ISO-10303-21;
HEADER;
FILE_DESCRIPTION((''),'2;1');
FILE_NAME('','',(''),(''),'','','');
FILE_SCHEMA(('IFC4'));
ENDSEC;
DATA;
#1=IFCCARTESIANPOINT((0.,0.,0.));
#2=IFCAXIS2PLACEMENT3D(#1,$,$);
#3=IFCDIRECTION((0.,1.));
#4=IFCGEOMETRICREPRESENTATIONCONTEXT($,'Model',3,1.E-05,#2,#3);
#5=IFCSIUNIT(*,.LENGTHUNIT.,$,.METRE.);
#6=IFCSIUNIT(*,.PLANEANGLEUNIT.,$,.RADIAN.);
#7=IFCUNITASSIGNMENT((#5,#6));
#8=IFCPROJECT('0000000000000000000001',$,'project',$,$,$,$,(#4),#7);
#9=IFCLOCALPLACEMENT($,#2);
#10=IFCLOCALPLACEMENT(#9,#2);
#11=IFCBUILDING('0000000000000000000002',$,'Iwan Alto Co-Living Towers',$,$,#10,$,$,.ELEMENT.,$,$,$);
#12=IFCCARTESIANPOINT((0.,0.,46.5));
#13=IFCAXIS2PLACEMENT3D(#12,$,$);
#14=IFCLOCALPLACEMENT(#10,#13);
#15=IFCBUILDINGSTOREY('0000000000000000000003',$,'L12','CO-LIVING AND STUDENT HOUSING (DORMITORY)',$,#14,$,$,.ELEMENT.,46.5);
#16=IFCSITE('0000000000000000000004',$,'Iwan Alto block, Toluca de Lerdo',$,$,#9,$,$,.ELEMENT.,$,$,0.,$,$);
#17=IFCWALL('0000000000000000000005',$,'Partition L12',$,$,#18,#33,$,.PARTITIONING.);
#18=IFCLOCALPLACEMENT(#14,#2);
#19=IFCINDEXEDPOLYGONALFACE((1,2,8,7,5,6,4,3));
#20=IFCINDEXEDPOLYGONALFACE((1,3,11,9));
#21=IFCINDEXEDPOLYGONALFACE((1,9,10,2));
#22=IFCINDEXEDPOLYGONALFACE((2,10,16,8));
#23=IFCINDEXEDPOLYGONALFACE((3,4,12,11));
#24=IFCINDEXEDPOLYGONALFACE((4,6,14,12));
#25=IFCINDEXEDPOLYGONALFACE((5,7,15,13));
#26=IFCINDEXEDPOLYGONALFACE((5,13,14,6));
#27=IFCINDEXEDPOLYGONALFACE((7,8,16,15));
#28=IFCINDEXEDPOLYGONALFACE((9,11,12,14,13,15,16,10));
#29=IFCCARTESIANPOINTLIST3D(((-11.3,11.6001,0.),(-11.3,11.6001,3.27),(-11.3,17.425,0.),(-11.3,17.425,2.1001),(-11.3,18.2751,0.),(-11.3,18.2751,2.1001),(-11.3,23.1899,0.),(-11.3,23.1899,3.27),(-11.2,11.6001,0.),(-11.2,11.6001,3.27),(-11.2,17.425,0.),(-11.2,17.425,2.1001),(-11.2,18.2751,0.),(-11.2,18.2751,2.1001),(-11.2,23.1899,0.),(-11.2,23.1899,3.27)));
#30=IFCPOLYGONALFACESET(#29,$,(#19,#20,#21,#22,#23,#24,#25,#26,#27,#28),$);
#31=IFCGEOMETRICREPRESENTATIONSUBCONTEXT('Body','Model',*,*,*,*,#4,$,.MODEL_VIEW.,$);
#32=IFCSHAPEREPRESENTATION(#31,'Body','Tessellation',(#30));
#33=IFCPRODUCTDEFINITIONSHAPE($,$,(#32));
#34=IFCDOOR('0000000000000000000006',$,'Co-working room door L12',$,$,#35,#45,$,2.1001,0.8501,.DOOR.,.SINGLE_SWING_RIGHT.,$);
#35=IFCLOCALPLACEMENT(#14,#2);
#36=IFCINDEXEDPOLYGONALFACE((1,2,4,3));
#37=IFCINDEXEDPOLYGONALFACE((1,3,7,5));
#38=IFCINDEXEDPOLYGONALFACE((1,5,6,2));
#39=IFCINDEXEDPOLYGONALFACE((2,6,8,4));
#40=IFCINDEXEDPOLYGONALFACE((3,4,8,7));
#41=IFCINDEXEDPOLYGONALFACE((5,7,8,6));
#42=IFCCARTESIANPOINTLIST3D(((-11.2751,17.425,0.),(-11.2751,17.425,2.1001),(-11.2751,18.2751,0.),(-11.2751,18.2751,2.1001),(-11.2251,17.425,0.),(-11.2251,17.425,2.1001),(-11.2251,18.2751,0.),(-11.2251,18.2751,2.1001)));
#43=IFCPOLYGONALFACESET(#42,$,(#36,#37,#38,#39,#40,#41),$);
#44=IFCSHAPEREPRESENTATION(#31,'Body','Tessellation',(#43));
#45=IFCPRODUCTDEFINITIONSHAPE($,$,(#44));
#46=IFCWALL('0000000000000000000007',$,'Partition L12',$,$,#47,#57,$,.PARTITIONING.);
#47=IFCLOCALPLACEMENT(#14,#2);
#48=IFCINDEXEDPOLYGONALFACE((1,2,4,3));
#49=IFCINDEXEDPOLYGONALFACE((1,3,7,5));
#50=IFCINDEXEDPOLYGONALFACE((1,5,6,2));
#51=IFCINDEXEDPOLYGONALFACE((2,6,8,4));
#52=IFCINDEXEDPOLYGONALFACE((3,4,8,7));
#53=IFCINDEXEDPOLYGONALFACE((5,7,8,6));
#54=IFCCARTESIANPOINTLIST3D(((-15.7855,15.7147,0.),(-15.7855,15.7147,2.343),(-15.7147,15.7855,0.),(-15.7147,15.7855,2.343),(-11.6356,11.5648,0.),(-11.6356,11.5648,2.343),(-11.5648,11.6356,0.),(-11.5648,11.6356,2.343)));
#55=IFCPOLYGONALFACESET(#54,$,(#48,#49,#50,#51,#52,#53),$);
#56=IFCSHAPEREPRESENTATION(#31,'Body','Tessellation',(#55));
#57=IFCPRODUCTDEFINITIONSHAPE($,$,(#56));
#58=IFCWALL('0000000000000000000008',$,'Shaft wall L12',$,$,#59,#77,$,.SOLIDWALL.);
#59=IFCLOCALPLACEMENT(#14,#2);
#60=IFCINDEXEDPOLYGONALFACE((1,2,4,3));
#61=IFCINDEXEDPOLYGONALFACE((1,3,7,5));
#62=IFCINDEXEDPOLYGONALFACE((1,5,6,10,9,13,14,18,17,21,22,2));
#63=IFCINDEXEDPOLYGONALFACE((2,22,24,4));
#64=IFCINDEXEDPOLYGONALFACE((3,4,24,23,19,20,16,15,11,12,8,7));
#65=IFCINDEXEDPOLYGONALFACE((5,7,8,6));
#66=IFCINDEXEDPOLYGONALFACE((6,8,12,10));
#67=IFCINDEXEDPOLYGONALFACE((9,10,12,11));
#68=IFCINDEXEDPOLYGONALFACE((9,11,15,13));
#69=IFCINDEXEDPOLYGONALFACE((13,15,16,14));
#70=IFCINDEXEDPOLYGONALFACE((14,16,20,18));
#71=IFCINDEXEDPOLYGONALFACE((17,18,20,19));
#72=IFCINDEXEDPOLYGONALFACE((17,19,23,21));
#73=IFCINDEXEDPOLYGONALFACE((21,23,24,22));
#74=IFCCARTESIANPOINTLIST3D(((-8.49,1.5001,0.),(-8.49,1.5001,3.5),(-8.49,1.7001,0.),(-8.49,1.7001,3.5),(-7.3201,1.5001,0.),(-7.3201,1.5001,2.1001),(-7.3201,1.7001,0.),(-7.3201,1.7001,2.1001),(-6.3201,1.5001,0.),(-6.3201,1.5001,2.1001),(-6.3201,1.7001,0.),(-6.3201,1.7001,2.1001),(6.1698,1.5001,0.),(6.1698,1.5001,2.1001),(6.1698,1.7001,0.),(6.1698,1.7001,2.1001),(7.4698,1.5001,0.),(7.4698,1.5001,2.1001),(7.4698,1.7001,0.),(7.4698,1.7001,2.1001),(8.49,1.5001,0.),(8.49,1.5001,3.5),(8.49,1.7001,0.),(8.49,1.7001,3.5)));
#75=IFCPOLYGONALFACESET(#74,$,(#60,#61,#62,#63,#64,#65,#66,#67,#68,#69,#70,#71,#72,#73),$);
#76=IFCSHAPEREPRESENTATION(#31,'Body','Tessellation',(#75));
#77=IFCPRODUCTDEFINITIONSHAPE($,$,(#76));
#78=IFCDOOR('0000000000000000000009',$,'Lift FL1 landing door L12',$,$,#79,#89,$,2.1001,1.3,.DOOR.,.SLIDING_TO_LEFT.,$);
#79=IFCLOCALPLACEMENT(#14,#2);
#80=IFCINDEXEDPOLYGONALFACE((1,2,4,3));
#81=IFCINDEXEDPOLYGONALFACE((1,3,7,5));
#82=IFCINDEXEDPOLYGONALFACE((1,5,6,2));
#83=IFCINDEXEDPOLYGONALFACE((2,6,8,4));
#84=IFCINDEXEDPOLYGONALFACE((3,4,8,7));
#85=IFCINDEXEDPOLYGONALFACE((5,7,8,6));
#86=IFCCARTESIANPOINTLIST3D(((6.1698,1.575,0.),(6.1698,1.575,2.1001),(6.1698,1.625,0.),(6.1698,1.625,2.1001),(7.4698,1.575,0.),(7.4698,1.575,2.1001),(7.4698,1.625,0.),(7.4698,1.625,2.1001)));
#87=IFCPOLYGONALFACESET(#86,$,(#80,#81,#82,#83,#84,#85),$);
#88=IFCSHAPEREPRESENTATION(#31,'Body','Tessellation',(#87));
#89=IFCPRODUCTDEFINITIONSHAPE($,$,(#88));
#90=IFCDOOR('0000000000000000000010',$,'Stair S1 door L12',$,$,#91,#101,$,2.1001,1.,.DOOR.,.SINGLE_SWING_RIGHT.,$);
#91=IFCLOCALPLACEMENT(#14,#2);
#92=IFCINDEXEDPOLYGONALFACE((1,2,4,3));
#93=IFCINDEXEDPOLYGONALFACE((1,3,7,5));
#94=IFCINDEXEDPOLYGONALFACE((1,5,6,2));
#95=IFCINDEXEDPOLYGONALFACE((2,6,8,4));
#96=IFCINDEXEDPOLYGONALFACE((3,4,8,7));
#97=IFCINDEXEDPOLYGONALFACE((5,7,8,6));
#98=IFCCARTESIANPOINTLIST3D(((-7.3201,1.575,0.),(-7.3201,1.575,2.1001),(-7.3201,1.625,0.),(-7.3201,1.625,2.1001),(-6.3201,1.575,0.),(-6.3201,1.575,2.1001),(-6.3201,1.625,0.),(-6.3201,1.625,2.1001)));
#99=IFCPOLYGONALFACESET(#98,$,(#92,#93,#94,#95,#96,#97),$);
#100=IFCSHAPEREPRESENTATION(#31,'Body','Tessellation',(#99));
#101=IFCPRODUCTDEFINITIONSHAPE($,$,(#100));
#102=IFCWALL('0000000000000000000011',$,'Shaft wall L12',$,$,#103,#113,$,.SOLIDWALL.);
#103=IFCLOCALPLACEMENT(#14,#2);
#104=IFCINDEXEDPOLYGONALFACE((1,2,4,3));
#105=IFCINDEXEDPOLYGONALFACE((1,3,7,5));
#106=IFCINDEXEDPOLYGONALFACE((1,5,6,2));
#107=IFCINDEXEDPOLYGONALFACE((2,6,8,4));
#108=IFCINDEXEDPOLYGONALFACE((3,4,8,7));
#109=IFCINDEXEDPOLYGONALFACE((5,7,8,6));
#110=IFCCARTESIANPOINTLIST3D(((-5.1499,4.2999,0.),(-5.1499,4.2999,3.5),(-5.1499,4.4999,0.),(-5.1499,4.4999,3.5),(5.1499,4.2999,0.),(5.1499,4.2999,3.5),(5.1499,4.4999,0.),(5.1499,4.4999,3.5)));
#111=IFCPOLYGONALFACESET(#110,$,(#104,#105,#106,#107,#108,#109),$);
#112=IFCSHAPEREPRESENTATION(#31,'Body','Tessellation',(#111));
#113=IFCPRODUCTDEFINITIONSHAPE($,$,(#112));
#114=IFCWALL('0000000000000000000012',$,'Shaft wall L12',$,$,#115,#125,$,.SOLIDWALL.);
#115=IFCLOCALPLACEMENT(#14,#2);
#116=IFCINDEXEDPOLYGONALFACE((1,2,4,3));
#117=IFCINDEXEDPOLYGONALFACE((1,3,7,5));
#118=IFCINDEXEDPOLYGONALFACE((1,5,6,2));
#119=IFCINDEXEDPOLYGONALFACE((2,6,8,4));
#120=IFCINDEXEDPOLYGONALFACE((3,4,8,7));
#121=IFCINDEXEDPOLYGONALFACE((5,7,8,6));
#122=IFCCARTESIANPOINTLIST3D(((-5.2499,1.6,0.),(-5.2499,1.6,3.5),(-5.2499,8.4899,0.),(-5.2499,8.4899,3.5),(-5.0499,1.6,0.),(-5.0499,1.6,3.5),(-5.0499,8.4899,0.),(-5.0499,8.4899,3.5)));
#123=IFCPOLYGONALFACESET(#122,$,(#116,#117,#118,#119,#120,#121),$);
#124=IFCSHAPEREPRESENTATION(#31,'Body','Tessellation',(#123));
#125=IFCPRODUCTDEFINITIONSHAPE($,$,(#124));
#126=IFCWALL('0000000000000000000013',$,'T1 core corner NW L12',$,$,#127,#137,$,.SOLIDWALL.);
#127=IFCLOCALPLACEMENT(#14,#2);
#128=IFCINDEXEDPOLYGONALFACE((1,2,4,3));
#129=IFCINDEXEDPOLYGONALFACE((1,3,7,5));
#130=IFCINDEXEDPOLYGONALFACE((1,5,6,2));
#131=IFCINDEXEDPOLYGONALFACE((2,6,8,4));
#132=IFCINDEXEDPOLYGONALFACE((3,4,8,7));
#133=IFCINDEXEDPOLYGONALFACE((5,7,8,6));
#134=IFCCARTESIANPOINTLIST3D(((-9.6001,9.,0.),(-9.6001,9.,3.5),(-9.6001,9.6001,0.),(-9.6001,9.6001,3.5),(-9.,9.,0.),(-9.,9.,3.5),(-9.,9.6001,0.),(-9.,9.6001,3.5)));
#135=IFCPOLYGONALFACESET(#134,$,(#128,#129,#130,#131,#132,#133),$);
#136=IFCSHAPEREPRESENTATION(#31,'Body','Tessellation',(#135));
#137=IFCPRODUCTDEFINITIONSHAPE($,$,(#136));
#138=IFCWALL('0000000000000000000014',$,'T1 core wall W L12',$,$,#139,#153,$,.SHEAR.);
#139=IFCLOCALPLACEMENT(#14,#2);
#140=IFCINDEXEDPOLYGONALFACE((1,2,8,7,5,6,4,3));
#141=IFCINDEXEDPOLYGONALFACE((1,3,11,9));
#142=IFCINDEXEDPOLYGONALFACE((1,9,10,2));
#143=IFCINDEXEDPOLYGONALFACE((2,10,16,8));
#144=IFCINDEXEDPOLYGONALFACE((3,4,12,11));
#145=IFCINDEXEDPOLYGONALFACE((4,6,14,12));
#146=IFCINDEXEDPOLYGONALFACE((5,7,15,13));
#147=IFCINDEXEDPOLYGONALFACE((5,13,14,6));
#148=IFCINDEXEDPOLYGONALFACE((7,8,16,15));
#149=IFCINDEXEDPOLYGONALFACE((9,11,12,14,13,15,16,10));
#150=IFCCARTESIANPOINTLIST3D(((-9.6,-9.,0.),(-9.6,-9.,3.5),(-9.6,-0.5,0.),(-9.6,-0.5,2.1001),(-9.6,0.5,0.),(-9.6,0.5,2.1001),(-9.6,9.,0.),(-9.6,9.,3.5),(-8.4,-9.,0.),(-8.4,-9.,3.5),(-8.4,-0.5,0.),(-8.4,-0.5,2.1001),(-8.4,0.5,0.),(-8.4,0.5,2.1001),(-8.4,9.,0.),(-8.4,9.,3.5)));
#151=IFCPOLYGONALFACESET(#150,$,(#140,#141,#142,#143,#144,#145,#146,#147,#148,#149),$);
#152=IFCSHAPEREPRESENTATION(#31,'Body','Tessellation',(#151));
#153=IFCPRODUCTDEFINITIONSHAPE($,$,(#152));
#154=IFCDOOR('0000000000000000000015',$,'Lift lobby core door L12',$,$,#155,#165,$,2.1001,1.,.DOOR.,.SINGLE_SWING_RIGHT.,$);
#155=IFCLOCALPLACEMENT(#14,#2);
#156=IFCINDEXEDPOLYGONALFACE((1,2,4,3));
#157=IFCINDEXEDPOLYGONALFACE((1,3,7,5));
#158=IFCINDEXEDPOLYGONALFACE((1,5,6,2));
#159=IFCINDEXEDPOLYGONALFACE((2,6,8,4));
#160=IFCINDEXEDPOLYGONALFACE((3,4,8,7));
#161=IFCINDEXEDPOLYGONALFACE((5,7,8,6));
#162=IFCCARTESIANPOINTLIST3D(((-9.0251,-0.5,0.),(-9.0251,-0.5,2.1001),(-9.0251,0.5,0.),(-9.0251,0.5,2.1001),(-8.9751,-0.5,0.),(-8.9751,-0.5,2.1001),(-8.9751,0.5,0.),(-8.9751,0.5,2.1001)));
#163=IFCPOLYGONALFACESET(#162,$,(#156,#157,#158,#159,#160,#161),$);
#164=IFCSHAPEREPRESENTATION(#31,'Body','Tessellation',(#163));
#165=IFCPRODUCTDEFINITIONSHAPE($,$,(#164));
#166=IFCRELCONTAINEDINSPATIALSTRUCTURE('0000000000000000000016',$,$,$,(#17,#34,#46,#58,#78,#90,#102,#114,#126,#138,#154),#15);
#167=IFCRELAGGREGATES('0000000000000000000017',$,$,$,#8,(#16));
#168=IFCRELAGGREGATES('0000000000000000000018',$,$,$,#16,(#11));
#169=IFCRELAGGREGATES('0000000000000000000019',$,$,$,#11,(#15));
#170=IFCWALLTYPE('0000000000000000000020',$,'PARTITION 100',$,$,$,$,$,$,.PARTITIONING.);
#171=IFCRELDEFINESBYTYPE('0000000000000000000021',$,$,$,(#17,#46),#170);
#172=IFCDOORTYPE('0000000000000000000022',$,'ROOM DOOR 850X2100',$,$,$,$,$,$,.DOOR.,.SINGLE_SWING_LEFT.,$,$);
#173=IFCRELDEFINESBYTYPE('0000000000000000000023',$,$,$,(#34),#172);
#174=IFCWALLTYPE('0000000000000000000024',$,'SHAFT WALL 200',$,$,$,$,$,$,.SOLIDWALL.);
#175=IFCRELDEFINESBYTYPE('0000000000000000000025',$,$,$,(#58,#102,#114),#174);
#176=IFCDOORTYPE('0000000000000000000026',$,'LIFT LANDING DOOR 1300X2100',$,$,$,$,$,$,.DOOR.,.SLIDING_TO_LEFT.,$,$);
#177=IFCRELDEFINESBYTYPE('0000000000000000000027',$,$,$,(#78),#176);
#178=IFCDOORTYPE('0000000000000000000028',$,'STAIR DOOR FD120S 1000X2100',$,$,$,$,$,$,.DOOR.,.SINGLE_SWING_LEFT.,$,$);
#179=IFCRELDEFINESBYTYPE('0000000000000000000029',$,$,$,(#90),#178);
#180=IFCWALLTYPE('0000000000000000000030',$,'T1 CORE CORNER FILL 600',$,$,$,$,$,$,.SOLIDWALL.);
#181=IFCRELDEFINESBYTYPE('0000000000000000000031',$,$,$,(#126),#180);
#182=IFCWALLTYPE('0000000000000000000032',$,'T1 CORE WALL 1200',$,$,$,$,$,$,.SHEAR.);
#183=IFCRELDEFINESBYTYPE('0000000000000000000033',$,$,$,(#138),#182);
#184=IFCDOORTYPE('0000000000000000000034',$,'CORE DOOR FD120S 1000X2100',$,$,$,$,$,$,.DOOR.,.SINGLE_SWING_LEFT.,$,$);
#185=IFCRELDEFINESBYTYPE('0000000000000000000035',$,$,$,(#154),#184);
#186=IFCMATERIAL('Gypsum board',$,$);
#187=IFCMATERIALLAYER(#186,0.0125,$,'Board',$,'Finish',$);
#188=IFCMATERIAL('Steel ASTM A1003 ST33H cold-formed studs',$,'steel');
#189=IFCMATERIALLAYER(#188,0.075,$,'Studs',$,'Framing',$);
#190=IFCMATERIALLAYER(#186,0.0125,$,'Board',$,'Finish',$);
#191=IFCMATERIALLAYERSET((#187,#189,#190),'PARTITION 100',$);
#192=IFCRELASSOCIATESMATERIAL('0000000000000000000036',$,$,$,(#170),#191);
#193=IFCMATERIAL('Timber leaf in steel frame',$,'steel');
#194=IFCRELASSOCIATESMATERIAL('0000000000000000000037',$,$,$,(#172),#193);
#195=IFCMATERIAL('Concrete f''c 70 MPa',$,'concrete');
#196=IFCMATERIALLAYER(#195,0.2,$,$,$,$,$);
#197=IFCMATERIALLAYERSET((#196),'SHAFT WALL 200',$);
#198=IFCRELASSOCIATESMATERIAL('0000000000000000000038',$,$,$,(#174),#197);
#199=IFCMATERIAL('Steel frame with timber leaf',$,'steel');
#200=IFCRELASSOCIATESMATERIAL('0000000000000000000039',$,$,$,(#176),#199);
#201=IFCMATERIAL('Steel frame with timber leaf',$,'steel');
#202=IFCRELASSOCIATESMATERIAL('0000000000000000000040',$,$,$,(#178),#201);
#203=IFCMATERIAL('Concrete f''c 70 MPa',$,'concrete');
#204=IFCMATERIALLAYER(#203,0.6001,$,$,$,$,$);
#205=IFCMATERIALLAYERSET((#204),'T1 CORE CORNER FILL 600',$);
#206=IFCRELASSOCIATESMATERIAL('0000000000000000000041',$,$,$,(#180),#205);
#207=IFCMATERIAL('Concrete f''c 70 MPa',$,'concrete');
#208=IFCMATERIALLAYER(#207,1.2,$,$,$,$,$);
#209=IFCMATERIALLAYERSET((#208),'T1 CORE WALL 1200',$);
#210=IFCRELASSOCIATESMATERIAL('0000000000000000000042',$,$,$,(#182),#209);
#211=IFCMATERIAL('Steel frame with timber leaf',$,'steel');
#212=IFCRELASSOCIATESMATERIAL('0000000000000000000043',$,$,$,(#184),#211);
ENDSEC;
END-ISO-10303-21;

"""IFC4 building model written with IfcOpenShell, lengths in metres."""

from ifc_helpers import new_model, si_unit, direction, frame, frame_2d, origin, place, context, subcontext, project, spatial, rectangle, extrude, material, layer, layer_set, type_object, element, fill, save


model = new_model("IFC4")

# Units and contexts
model_context = context("Model", 3, precision=1e-05, world=origin(), true_north=direction((0.0, 1.0)))
body_context = subcontext(model_context, "Body", "Model", "MODEL_VIEW")
ifc_project = project(units=[si_unit("LENGTHUNIT", "METRE"), si_unit("PLANEANGLEUNIT", "RADIAN")], contexts=[model_context])

# Site, building, storey
site_placement = place(None, origin())
site = spatial("IfcSite", under=ifc_project, at=site_placement, Name="Iwan Alto block, Toluca de Lerdo", CompositionType="ELEMENT", RefElevation=0.0)
building_placement = place(site_placement, origin())
building = spatial("IfcBuilding", under=site, at=building_placement, Name="Iwan Alto Co-Living Towers", CompositionType="ELEMENT")
storey_placement = place(building_placement, frame((0.0, 0.0, 46.5)))
storey = spatial("IfcBuildingStorey", under=building, at=storey_placement, Name="L12", Description="CO-LIVING AND STUDENT HOUSING (DORMITORY)", CompositionType="ELEMENT", Elevation=46.5)

# Shared definitions
ifc_material_1 = material(Name="Gypsum board")
ifc_material_2 = material(Name="Steel ASTM A1003 ST33H cold-formed studs", Category="steel")

# Shared definitions
ifc_layer_1 = layer(ifc_material_1, 0.0125, Name="Board", Category="Finish")
ifc_layer_2 = layer(ifc_material_2, 0.075, Name="Studs", Category="Framing")
ifc_layer_3 = layer(ifc_material_1, 0.0125, Name="Board", Category="Finish")
ifc_layer_set_1 = layer_set([ifc_layer_1, ifc_layer_2, ifc_layer_3], Name="PARTITION 100")
wall_type_1 = type_object("IfcWallType", Name="PARTITION 100", PredefinedType="PARTITIONING", material=ifc_layer_set_1)

# Wall, opening, door
wall_1_placement = place(storey_placement, frame((-11.25, 11.6001, 0.0), z_axis=(0.0, 0.0, 1.0), x_axis=(0.0, 1.0, 0.0)))
wall_1 = element("IfcWall", 1, at=wall_1_placement, inside=storey, type_object=wall_type_1, Name="Partition L12", PredefinedType="PARTITIONING", context=body_context, shape_type="SweptSolid", body=[
    extrude(rectangle(XDim=11.5898, YDim=0.1001, at=frame_2d((5.7949, 0.0))), origin(), (0.0, 0.0, 1.0), 3.27),
])
opening_1_placement = place(wall_1_placement, frame((5.825, 0.0, 0.0)))
opening_1 = element("IfcOpeningElement", 2, at=opening_1_placement, cuts=wall_1, PredefinedType="OPENING", context=body_context, shape_type="SweptSolid", body=[
    extrude(rectangle(XDim=0.8501, YDim=2.1001, at=frame_2d((0.425, 1.05))), frame((0.0, 0.0601, 0.0), z_axis=(0.0, -1.0, 0.0), x_axis=(1.0, 0.0, 0.0)), (0.0, 0.0, 1.0), 0.1201),
])
ifc_material_3 = material(Name="Timber leaf in steel frame", Category="steel")
door_type_1 = type_object("IfcDoorType", Name="ROOM DOOR 850X2100", OperationType="SINGLE_SWING_LEFT", PredefinedType="DOOR", material=ifc_material_3)
door_1_placement = place(opening_1_placement, frame((0.8501, 0.0, 0.0), z_axis=(0.0, 0.0, 1.0), x_axis=(-1.0, 0.0, 0.0)))
door_1 = element("IfcDoor", 3, at=door_1_placement, inside=storey, type_object=door_type_1, Name="Co-working room door L12", OperationType="SINGLE_SWING_RIGHT", OverallHeight=2.1001, OverallWidth=0.8501, PredefinedType="DOOR", context=body_context, shape_type="SweptSolid", body=[
    extrude(rectangle(XDim=0.8501, YDim=2.1001, at=frame_2d((0.425, 1.05))), frame((0.0, 0.0249, 0.0), z_axis=(0.0, -1.0, 0.0), x_axis=(1.0, 0.0, 0.0)), (0.0, 0.0, 1.0), 0.05),
])
fill(opening_1, door_1)

# Wall
wall_2_placement = place(storey_placement, frame((-11.6001, 11.6001, 0.0), z_axis=(0.0, 0.0, 1.0), x_axis=(-0.707107, 0.707107, 0.0)))
element("IfcWall", 4, at=wall_2_placement, inside=storey, type_object=wall_type_1, Name="Partition L12", PredefinedType="PARTITIONING", context=body_context, shape_type="SweptSolid", body=[
    extrude(rectangle(XDim=5.8689, YDim=0.1001, at=frame_2d((2.9346, 0.0))), origin(), (0.0, 0.0, 1.0), 2.343),
])

# Wall, openings, doors
ifc_material_4 = material(Name="Concrete f'c 70 MPa", Category="concrete")
ifc_layer_4 = layer(ifc_material_4, 0.2)
ifc_layer_set_2 = layer_set([ifc_layer_4], Name="SHAFT WALL 200")
wall_type_2 = type_object("IfcWallType", Name="SHAFT WALL 200", PredefinedType="SOLIDWALL", material=ifc_layer_set_2)
wall_3_placement = place(storey_placement, frame((-8.49, 1.6001, 0.0), z_axis=(0.0, 0.0, 1.0), x_axis=(1.0, 0.0, 0.0)))
wall_3 = element("IfcWall", 5, at=wall_3_placement, inside=storey, type_object=wall_type_2, Name="Shaft wall L12", PredefinedType="SOLIDWALL", context=body_context, shape_type="SweptSolid", body=[
    extrude(rectangle(XDim=16.98, YDim=0.2, at=frame_2d((8.49, 0.0))), origin(), (0.0, 0.0, 1.0), 3.5),
])
opening_2_placement = place(wall_3_placement, frame((1.1699, 0.0, 0.0)))
opening_2 = element("IfcOpeningElement", 6, at=opening_2_placement, cuts=wall_3, PredefinedType="OPENING", context=body_context, shape_type="SweptSolid", body=[
    extrude(rectangle(XDim=1.0, YDim=2.1001, at=frame_2d((0.5, 1.05))), frame((0.0, 0.1099, 0.0), z_axis=(0.0, -1.0, 0.0), x_axis=(1.0, 0.0, 0.0)), (0.0, 0.0, 1.0), 0.22),
])
opening_3_placement = place(wall_3_placement, frame((14.6599, 0.0, 0.0)))
opening_3 = element("IfcOpeningElement", 7, at=opening_3_placement, cuts=wall_3, PredefinedType="OPENING", context=body_context, shape_type="SweptSolid", body=[
    extrude(rectangle(XDim=1.3, YDim=2.1001, at=frame_2d((0.6499, 1.05))), frame((0.0, 0.1099, 0.0), z_axis=(0.0, -1.0, 0.0), x_axis=(1.0, 0.0, 0.0)), (0.0, 0.0, 1.0), 0.22),
])
ifc_material_5 = material(Name="Steel frame with timber leaf", Category="steel")
door_type_2 = type_object("IfcDoorType", Name="LIFT LANDING DOOR 1300X2100", OperationType="SLIDING_TO_LEFT", PredefinedType="DOOR", material=ifc_material_5)
door_2_placement = place(opening_3_placement, origin())
door_2 = element("IfcDoor", 8, at=door_2_placement, inside=storey, type_object=door_type_2, Name="Lift FL1 landing door L12", OperationType="SLIDING_TO_LEFT", OverallHeight=2.1001, OverallWidth=1.3, PredefinedType="DOOR", context=body_context, shape_type="SweptSolid", body=[
    extrude(rectangle(XDim=1.3, YDim=2.1001, at=frame_2d((0.6499, 1.05))), frame((0.0, 0.0249, 0.0), z_axis=(0.0, -1.0, 0.0), x_axis=(1.0, 0.0, 0.0)), (0.0, 0.0, 1.0), 0.05),
])
fill(opening_3, door_2)
ifc_material_6 = material(Name="Steel frame with timber leaf", Category="steel")
door_type_3 = type_object("IfcDoorType", Name="STAIR DOOR FD120S 1000X2100", OperationType="SINGLE_SWING_LEFT", PredefinedType="DOOR", material=ifc_material_6)
door_3_placement = place(opening_2_placement, origin())
door_3 = element("IfcDoor", 9, at=door_3_placement, inside=storey, type_object=door_type_3, Name="Stair S1 door L12", OperationType="SINGLE_SWING_RIGHT", OverallHeight=2.1001, OverallWidth=1.0, PredefinedType="DOOR", context=body_context, shape_type="SweptSolid", body=[
    extrude(rectangle(XDim=1.0, YDim=2.1001, at=frame_2d((0.5, 1.05))), frame((0.0, 0.0249, 0.0), z_axis=(0.0, -1.0, 0.0), x_axis=(1.0, 0.0, 0.0)), (0.0, 0.0, 1.0), 0.05),
])
fill(opening_2, door_3)

# Walls
wall_4_placement = place(storey_placement, frame((-5.1499, 4.3999, 0.0), z_axis=(0.0, 0.0, 1.0), x_axis=(1.0, 0.0, 0.0)))
element("IfcWall", 10, at=wall_4_placement, inside=storey, type_object=wall_type_2, Name="Shaft wall L12", PredefinedType="SOLIDWALL", context=body_context, shape_type="SweptSolid", body=[
    extrude(rectangle(XDim=10.2998, YDim=0.2, at=frame_2d((5.1499, 0.0))), origin(), (0.0, 0.0, 1.0), 3.5),
])
wall_5_placement = place(storey_placement, frame((-5.1499, 1.6001, 0.0), z_axis=(0.0, 0.0, 1.0), x_axis=(0.0, 1.0, 0.0)))
element("IfcWall", 11, at=wall_5_placement, inside=storey, type_object=wall_type_2, Name="Shaft wall L12", PredefinedType="SOLIDWALL", context=body_context, shape_type="SweptSolid", body=[
    extrude(rectangle(XDim=6.8899, YDim=0.2, at=frame_2d((3.4448, 0.0))), origin(), (0.0, 0.0, 1.0), 3.5),
])
ifc_material_7 = material(Name="Concrete f'c 70 MPa", Category="concrete")
ifc_layer_5 = layer(ifc_material_7, 0.6001)
ifc_layer_set_3 = layer_set([ifc_layer_5], Name="T1 CORE CORNER FILL 600")
wall_type_3 = type_object("IfcWallType", Name="T1 CORE CORNER FILL 600", PredefinedType="SOLIDWALL", material=ifc_layer_set_3)
wall_6_placement = place(storey_placement, frame((-9.6001, 9.3, 0.0), z_axis=(0.0, 0.0, 1.0), x_axis=(1.0, 0.0, 0.0)))
element("IfcWall", 12, at=wall_6_placement, inside=storey, type_object=wall_type_3, Name="T1 core corner NW L12", PredefinedType="SOLIDWALL", context=body_context, shape_type="SweptSolid", body=[
    extrude(rectangle(XDim=0.6001, YDim=0.6001, at=frame_2d((0.3, 0.0))), origin(), (0.0, 0.0, 1.0), 3.5),
])

# Wall, opening, door
ifc_material_8 = material(Name="Concrete f'c 70 MPa", Category="concrete")
ifc_layer_6 = layer(ifc_material_8, 1.2)
ifc_layer_set_4 = layer_set([ifc_layer_6], Name="T1 CORE WALL 1200")
wall_type_4 = type_object("IfcWallType", Name="T1 CORE WALL 1200", PredefinedType="SHEAR", material=ifc_layer_set_4)
wall_7_placement = place(storey_placement, frame((-9.0, 9.0, 0.0), z_axis=(0.0, 0.0, 1.0), x_axis=(0.0, -1.0, 0.0)))
wall_7 = element("IfcWall", 13, at=wall_7_placement, inside=storey, type_object=wall_type_4, Name="T1 core wall W L12", PredefinedType="SHEAR", context=body_context, shape_type="SweptSolid", body=[
    extrude(rectangle(XDim=18.0, YDim=1.2, at=frame_2d((9.0, 0.0))), origin(), (0.0, 0.0, 1.0), 3.5),
])
opening_4_placement = place(wall_7_placement, frame((8.5, 0.0, 0.0)))
opening_4 = element("IfcOpeningElement", 14, at=opening_4_placement, cuts=wall_7, PredefinedType="OPENING", context=body_context, shape_type="SweptSolid", body=[
    extrude(rectangle(XDim=1.0, YDim=2.1001, at=frame_2d((0.5, 1.05))), frame((0.0, 0.6099, 0.0), z_axis=(0.0, -1.0, 0.0), x_axis=(1.0, 0.0, 0.0)), (0.0, 0.0, 1.0), 1.22),
])
ifc_material_9 = material(Name="Steel frame with timber leaf", Category="steel")
door_type_4 = type_object("IfcDoorType", Name="CORE DOOR FD120S 1000X2100", OperationType="SINGLE_SWING_LEFT", PredefinedType="DOOR", material=ifc_material_9)
door_4_placement = place(opening_4_placement, origin())
door_4 = element("IfcDoor", 15, at=door_4_placement, inside=storey, type_object=door_type_4, Name="Lift lobby core door L12", OperationType="SINGLE_SWING_RIGHT", OverallHeight=2.1001, OverallWidth=1.0, PredefinedType="DOOR", context=body_context, shape_type="SweptSolid", body=[
    extrude(rectangle(XDim=1.0, YDim=2.1001, at=frame_2d((0.5, 1.05))), frame((0.0, 0.0249, 0.0), z_axis=(0.0, -1.0, 0.0), x_axis=(1.0, 0.0, 0.0)), (0.0, 0.0, 1.0), 0.05),
])
fill(opening_4, door_4)

save(model, "model.ifc")
